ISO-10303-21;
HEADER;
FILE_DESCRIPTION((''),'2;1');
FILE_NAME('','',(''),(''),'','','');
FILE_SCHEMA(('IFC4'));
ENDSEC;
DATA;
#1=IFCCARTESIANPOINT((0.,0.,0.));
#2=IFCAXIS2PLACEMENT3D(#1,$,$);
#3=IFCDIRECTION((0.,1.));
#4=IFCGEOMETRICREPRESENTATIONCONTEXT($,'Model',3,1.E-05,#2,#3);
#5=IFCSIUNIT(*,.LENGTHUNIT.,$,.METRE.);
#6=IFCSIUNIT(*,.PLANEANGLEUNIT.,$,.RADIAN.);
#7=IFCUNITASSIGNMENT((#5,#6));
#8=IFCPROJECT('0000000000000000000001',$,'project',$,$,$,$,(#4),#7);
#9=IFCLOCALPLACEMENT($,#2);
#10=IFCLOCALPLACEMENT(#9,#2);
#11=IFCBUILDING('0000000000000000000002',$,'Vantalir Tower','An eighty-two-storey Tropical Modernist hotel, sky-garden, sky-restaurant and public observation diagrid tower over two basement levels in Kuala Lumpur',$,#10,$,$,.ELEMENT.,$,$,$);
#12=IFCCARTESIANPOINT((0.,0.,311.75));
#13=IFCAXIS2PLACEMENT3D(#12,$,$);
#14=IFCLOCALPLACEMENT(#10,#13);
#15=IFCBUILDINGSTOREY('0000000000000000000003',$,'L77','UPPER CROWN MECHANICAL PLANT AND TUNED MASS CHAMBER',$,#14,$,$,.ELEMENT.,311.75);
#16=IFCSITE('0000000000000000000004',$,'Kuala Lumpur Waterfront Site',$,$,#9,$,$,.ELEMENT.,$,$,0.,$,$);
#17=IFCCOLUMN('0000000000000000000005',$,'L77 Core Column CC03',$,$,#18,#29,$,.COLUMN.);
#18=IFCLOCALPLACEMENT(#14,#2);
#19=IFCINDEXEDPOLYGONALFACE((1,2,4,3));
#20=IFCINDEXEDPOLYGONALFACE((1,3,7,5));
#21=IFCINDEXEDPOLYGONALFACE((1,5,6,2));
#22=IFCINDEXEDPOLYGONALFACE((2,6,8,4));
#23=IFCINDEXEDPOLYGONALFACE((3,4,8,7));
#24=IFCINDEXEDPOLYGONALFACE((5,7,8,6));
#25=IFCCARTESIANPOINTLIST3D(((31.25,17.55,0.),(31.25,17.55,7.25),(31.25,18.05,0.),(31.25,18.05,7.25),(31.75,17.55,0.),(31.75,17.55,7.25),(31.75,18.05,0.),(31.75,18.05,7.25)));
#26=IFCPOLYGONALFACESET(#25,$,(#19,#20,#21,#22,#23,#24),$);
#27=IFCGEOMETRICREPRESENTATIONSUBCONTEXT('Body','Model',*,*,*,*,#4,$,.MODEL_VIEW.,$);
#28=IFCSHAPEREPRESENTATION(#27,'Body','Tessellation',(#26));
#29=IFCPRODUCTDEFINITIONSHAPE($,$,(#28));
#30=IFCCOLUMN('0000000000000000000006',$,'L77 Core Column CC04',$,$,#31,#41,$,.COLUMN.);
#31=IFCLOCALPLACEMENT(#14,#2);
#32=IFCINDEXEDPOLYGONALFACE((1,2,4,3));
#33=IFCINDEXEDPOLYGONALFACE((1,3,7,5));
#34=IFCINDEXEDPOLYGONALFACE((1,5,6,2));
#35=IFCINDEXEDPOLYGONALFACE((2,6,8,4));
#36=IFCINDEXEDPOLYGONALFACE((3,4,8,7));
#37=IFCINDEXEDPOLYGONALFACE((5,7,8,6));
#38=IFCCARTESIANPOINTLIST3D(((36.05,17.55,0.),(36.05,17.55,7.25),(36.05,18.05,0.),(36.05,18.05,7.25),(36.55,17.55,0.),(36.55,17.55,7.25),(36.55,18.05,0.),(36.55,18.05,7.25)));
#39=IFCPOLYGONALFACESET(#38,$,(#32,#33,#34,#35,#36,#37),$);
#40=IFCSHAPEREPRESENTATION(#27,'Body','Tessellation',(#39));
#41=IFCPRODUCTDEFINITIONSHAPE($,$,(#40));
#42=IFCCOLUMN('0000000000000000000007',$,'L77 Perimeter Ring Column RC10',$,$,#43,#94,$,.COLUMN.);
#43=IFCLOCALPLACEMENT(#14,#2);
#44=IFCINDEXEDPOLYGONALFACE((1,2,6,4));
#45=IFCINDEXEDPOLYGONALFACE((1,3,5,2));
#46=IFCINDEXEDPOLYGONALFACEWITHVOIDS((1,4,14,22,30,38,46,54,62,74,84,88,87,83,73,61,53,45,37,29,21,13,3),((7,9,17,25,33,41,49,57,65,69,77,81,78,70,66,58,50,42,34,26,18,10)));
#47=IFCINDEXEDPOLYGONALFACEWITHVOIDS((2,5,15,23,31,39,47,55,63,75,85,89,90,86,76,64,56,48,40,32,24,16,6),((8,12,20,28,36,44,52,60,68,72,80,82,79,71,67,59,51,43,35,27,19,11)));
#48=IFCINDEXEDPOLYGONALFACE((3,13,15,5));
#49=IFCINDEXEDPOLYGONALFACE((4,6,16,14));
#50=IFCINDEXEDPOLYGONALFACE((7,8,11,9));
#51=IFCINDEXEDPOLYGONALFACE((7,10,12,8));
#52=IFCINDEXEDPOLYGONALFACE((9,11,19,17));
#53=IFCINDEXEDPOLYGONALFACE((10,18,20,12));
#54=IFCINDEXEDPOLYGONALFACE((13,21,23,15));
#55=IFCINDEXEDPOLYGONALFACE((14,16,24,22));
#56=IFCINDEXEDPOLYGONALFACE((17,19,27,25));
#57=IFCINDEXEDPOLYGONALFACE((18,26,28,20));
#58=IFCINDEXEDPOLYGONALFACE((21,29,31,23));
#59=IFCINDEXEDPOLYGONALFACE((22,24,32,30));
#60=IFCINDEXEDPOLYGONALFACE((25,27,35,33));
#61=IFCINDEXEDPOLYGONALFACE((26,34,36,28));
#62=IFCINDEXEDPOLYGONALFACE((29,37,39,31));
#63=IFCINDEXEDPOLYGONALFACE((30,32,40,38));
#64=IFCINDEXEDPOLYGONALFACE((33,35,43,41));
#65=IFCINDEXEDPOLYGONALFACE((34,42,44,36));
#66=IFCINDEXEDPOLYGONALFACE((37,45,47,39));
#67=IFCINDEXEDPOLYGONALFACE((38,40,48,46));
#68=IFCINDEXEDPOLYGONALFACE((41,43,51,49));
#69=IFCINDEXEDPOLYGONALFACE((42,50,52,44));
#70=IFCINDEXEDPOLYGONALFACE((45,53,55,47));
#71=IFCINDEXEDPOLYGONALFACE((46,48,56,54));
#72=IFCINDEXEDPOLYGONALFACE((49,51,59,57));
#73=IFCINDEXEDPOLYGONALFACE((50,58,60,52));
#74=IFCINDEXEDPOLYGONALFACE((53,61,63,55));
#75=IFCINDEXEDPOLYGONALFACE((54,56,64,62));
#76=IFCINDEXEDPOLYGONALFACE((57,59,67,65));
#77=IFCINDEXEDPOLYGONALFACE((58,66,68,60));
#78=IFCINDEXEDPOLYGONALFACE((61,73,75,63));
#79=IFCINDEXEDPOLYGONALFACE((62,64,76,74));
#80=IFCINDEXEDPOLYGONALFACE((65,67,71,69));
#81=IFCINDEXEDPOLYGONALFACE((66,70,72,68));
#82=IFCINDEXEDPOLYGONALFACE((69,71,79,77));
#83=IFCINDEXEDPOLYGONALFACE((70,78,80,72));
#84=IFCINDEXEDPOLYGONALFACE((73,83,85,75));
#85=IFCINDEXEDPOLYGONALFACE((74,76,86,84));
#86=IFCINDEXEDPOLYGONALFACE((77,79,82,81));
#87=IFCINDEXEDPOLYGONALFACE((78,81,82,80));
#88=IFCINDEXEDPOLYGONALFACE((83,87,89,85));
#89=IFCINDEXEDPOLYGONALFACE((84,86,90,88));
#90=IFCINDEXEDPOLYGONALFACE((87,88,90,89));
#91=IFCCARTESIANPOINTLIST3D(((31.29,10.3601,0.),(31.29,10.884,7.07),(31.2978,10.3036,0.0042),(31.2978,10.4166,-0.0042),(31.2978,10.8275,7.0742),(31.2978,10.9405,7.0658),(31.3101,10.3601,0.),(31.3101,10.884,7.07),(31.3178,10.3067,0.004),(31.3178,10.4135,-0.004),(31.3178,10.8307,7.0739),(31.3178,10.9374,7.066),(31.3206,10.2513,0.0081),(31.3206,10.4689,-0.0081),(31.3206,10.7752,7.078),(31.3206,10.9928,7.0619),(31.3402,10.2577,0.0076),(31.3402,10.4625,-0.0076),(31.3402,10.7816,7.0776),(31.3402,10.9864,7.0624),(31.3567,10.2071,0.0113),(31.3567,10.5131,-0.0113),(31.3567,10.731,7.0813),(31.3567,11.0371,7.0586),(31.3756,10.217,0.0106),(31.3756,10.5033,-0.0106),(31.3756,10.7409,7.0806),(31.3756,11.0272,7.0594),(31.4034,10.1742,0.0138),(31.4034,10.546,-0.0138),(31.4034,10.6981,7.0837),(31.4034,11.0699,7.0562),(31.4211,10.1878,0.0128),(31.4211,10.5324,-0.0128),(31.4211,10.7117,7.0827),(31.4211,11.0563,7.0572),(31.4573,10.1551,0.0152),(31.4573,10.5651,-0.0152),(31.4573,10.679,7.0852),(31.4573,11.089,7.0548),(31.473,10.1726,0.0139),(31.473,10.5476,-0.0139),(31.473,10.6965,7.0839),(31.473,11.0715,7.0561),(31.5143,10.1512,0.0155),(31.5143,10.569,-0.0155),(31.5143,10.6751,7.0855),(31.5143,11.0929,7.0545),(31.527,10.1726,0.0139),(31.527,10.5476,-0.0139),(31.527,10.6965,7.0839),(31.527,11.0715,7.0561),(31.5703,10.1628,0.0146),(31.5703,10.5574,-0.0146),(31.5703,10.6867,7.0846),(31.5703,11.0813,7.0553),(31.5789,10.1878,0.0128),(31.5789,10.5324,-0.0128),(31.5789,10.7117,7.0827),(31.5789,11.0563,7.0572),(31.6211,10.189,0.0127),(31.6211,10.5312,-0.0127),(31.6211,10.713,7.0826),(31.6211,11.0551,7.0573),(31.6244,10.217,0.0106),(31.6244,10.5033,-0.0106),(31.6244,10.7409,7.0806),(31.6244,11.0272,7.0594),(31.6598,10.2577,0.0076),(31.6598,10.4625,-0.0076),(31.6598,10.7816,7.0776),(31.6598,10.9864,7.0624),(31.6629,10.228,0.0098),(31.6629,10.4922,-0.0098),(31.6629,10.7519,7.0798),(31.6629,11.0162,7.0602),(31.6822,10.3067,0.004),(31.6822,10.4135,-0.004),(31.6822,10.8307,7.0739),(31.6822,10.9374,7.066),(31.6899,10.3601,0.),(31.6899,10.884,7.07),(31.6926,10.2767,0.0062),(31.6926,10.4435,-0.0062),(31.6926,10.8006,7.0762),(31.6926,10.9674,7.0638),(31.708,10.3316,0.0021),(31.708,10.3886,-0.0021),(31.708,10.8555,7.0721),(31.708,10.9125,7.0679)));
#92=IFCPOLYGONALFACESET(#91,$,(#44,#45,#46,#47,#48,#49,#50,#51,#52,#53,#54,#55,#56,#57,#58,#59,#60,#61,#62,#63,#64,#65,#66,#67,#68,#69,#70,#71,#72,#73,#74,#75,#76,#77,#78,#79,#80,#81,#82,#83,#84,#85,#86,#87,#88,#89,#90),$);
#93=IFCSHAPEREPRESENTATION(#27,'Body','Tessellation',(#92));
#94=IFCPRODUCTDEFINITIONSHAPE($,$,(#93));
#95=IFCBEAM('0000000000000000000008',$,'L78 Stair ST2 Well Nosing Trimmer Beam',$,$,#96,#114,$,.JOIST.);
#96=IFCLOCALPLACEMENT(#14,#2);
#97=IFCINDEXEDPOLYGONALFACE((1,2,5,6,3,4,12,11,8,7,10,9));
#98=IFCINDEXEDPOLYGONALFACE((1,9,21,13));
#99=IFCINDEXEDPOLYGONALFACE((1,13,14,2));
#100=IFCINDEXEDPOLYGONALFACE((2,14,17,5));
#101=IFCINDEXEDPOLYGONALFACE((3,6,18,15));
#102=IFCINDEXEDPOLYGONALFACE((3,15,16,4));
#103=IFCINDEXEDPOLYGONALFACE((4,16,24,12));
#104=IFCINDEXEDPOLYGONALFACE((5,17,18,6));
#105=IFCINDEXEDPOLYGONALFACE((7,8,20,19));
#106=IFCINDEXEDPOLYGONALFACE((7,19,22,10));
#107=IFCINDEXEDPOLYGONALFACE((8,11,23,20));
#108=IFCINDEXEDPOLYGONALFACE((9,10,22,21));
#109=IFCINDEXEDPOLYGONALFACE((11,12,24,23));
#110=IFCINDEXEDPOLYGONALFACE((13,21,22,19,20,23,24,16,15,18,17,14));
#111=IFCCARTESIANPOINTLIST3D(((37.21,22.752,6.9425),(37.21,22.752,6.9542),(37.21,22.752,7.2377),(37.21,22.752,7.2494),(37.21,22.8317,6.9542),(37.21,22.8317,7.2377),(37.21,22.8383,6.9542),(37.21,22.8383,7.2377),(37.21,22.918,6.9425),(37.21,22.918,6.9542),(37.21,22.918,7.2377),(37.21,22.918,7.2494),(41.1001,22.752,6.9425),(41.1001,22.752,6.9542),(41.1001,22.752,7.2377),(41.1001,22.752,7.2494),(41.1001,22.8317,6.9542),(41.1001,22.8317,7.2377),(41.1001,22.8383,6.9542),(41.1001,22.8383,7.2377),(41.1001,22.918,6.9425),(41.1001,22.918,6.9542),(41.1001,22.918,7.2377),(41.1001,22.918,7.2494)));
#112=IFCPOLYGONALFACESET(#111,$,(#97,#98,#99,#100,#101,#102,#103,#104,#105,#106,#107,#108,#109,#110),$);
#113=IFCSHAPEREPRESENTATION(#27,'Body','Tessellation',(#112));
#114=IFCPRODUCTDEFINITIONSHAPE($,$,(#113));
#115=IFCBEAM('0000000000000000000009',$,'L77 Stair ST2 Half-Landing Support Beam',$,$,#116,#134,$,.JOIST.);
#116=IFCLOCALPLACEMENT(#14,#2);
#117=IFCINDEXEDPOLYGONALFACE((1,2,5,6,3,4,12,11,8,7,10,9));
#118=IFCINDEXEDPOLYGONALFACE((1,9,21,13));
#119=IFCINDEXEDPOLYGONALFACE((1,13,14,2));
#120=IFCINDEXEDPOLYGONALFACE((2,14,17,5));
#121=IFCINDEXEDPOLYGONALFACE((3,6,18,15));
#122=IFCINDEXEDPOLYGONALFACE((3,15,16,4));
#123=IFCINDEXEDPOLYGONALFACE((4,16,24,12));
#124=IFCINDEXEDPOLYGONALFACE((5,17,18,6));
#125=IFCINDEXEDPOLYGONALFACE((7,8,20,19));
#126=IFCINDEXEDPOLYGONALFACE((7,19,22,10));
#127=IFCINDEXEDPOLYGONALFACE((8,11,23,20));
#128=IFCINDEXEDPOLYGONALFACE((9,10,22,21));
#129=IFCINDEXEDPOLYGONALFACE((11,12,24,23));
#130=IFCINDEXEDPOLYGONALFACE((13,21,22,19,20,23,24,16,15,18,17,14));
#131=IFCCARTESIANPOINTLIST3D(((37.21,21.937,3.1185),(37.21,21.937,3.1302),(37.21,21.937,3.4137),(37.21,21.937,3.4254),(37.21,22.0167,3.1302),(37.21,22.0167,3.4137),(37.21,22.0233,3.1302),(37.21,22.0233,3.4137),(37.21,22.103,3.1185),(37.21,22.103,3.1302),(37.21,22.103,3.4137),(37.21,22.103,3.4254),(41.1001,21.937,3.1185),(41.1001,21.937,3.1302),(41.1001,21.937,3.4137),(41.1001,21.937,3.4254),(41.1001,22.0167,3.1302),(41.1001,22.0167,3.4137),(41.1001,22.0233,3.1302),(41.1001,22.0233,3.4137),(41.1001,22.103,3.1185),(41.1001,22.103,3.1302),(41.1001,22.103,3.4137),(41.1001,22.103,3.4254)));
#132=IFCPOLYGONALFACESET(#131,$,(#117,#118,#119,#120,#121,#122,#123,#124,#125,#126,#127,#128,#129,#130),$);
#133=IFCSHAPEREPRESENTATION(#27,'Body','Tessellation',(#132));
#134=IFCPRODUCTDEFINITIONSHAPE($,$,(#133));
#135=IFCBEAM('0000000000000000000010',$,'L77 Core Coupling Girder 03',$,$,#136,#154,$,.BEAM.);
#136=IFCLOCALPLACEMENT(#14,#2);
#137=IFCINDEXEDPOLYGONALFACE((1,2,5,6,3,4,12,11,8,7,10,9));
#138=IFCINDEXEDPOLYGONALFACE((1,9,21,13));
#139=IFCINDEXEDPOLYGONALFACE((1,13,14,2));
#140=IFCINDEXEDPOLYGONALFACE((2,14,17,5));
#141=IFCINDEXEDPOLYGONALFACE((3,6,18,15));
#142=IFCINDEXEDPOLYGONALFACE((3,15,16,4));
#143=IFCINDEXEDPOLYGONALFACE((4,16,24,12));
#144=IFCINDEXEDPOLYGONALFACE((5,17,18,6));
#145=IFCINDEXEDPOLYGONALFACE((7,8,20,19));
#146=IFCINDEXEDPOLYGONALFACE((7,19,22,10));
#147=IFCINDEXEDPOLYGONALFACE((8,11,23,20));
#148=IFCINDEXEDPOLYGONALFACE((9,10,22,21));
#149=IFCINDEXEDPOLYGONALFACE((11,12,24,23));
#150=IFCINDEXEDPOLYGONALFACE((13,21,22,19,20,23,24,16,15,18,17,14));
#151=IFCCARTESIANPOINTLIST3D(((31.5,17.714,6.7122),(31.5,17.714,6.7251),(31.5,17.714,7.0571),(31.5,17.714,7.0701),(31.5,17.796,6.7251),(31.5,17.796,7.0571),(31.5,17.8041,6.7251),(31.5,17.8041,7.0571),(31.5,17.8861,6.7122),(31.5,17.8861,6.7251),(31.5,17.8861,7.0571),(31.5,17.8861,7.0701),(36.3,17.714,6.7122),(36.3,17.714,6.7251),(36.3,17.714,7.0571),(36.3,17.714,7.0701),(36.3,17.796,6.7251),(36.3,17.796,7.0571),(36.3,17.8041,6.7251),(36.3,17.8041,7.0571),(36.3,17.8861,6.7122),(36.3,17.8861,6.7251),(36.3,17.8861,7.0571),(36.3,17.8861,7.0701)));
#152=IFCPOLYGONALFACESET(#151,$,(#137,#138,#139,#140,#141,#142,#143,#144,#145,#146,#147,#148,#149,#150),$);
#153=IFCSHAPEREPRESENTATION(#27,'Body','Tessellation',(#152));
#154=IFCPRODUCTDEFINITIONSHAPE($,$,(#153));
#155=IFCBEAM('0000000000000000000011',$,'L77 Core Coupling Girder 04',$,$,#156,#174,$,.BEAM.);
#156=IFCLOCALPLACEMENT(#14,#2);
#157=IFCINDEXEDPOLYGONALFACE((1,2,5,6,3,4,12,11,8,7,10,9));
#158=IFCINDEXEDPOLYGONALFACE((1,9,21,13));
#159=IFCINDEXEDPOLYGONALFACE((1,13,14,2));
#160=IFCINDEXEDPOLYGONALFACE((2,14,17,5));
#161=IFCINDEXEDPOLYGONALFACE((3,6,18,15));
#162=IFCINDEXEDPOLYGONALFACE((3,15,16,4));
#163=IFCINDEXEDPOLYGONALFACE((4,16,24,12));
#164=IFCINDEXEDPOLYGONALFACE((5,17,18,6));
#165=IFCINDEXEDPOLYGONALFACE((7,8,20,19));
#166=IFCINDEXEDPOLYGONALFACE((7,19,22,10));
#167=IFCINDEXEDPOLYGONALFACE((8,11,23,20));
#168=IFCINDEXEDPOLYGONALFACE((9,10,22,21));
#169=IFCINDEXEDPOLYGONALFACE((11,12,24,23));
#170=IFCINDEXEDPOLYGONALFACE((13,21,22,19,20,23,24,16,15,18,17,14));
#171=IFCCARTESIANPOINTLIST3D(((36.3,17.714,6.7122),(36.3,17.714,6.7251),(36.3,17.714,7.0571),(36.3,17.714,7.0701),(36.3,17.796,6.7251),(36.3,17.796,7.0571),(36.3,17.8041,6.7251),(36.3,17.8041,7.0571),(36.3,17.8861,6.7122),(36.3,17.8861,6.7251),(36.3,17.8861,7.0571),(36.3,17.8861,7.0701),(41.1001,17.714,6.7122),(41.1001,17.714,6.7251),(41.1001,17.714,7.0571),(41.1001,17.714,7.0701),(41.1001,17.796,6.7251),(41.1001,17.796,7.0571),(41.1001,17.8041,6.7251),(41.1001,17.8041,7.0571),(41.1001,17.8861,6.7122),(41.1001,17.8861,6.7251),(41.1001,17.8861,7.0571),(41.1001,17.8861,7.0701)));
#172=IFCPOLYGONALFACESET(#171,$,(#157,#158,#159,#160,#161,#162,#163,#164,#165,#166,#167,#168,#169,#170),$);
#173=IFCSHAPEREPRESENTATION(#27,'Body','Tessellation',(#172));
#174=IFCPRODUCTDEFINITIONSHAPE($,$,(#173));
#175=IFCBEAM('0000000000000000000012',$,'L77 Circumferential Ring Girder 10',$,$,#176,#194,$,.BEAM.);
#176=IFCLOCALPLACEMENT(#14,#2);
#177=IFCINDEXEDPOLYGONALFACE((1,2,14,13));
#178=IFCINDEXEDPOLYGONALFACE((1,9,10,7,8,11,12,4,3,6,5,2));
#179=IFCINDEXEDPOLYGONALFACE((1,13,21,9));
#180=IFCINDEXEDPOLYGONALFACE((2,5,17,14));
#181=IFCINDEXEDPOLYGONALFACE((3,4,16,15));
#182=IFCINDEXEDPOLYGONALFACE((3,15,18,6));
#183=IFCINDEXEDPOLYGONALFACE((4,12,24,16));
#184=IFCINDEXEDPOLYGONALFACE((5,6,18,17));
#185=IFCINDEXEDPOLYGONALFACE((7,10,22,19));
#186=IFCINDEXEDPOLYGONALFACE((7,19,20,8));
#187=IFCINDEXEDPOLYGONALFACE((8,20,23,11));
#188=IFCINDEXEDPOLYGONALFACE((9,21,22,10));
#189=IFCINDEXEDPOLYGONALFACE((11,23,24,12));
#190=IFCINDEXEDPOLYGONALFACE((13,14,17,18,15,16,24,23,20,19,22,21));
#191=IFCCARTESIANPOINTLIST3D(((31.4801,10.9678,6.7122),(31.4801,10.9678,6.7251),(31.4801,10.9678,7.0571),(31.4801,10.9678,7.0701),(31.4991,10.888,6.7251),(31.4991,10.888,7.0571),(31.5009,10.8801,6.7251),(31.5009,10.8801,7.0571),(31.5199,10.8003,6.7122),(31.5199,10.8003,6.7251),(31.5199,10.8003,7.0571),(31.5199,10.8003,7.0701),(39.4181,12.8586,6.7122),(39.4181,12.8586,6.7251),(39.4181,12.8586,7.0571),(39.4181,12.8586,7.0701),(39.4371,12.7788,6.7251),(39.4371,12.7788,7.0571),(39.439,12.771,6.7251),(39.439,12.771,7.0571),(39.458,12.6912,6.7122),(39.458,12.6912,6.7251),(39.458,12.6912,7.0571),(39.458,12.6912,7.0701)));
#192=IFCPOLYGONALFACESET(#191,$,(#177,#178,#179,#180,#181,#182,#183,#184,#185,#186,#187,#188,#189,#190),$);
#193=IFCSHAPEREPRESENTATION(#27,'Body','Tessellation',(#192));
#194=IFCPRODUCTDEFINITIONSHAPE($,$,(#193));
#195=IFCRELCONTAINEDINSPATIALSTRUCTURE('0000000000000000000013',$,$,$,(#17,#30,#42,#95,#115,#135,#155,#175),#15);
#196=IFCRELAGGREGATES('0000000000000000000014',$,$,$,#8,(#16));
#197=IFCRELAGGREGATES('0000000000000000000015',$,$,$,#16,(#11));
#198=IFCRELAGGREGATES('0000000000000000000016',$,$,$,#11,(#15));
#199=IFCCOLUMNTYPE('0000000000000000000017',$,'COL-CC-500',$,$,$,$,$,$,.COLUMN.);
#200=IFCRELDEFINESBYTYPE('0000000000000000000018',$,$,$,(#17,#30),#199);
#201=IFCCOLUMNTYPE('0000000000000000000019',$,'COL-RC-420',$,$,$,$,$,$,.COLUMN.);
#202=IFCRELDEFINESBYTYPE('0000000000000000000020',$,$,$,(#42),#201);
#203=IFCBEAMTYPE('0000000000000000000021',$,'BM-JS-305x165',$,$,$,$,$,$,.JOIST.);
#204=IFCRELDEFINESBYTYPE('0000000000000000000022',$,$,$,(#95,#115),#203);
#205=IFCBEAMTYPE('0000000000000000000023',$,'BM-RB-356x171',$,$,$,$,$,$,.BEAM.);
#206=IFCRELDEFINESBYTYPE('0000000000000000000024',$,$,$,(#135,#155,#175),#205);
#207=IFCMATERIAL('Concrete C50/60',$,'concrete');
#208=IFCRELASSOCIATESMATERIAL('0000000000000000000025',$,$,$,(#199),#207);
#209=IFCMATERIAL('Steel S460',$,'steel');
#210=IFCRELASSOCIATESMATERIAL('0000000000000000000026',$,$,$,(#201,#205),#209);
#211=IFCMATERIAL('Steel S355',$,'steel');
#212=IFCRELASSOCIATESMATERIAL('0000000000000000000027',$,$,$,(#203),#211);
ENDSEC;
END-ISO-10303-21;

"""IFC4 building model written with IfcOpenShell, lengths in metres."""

from ifc_helpers import new_model, si_unit, direction, frame, origin, origin_2d, place, context, subcontext, project, spatial, rectangle, hollow_circle, i_section, extrude, material, material_profile, profile_set, type_object, element, save


model = new_model("IFC4")

# Units and contexts
model_context = context("Model", 3, precision=1e-05, world=origin(), true_north=direction((0.0, 1.0)))
body_context = subcontext(model_context, "Body", "Model", "MODEL_VIEW")
ifc_project = project(units=[si_unit("LENGTHUNIT", "METRE"), si_unit("PLANEANGLEUNIT", "RADIAN")], contexts=[model_context])

# Site, building, storey
site_placement = place(None, origin())
site = spatial("IfcSite", under=ifc_project, at=site_placement, Name="Kuala Lumpur Waterfront Site", CompositionType="ELEMENT", RefElevation=0.0)
building_placement = place(site_placement, origin())
building = spatial("IfcBuilding", under=site, at=building_placement, Name="Vantalir Tower", Description="An eighty-two-storey Tropical Modernist hotel, sky-garden, sky-restaurant and public observation diagrid tower over two basement levels in Kuala Lumpur", CompositionType="ELEMENT")
storey_placement = place(building_placement, frame((0.0, 0.0, 311.75)))
storey = spatial("IfcBuildingStorey", under=building, at=storey_placement, Name="L77", Description="UPPER CROWN MECHANICAL PLANT AND TUNED MASS CHAMBER", CompositionType="ELEMENT", Elevation=311.75)

# Columns
ifc_material_1 = material(Name="Concrete C50/60", Category="concrete")
ifc_material_profile_1 = material_profile(ifc_material_1, rectangle(XDim=0.5, YDim=0.5, at=origin_2d()), Name="Concrete C50/60")
ifc_profile_set_1 = profile_set([ifc_material_profile_1], Name="Concrete C50/60")
column_type_1 = type_object("IfcColumnType", Name="COL-CC-500", PredefinedType="COLUMN", material=ifc_profile_set_1)
for number, where, z_axis, x_axis, name in (
    (1, (31.5, 17.8, 0.0), (0.0, 0.0, 1.0), (1.0, 0.0, 0.0), "L77 Core Column CC03"),
    (2, (36.3, 17.8, 0.0), (0.0, 0.0, 1.0), (1.0, 0.0, 0.0), "L77 Core Column CC04"),
):
    element("IfcColumn", number, at=place(storey_placement, frame(where, z_axis=z_axis, x_axis=x_axis)), inside=storey, type_object=column_type_1, Name=name, PredefinedType="COLUMN", context=body_context, shape_type="SweptSolid", body=[
        extrude(rectangle(XDim=0.5, YDim=0.5, at=origin_2d()), origin(), (0.0, 0.0, 1.0), 7.25),
    ])
ifc_material_2 = material(Name="Steel S460", Category="steel")
ifc_material_profile_2 = material_profile(ifc_material_2, hollow_circle(Radius=0.21, WallThickness=0.02, at=origin_2d()), Name="Steel S460")
ifc_profile_set_2 = profile_set([ifc_material_profile_2], Name="Steel S460")
column_type_2 = type_object("IfcColumnType", Name="COL-RC-420", PredefinedType="COLUMN", material=ifc_profile_set_2)
column_placement = place(storey_placement, frame((31.5, 10.3601, 0.0), z_axis=(0.0, 0.073902, 0.997265), x_axis=(-1.0, 0.0, 0.0)))
element("IfcColumn", 3, at=column_placement, inside=storey, type_object=column_type_2, Name="L77 Perimeter Ring Column RC10", PredefinedType="COLUMN", context=body_context, shape_type="SweptSolid", body=[
    extrude(hollow_circle(Radius=0.21, WallThickness=0.02, at=origin_2d()), origin(), (0.0, 0.0, 1.0), 7.0894),
])

# Beams
ifc_material_3 = material(Name="Steel S355", Category="steel")
ifc_material_profile_3 = material_profile(ifc_material_3, i_section(OverallWidth=0.166, OverallDepth=0.3069, WebThickness=0.0066, FlangeThickness=0.0117, at=origin_2d()), Name="Steel S355")
ifc_profile_set_3 = profile_set([ifc_material_profile_3], Name="Steel S355")
beam_type_1 = type_object("IfcBeamType", Name="BM-JS-305x165", PredefinedType="JOIST", material=ifc_profile_set_3)
for number, where, z_axis, x_axis, name in (
    (4, (37.21, 22.835, 7.0959), (1.0, 0.0, 0.0), (0.0, 1.0, 0.0), "L78 Stair ST2 Well Nosing Trimmer Beam"),
    (5, (37.21, 22.02, 3.272), (1.0, 0.0, 0.0), (0.0, 1.0, 0.0), "L77 Stair ST2 Half-Landing Support Beam"),
):
    element("IfcBeam", number, at=place(storey_placement, frame(where, z_axis=z_axis, x_axis=x_axis)), inside=storey, type_object=beam_type_1, Name=name, PredefinedType="JOIST", context=body_context, shape_type="SweptSolid", body=[
        extrude(i_section(OverallWidth=0.166, OverallDepth=0.3069, WebThickness=0.0066, FlangeThickness=0.0117, at=origin_2d()), origin(), (0.0, 0.0, 1.0), 3.8901),
    ])
ifc_material_profile_4 = material_profile(ifc_material_2, i_section(OverallWidth=0.1721, OverallDepth=0.3579, WebThickness=0.0081, FlangeThickness=0.0129, at=origin_2d()), Name="Steel S460")
ifc_profile_set_4 = profile_set([ifc_material_profile_4], Name="Steel S460")
beam_type_2 = type_object("IfcBeamType", Name="BM-RB-356x171", PredefinedType="BEAM", material=ifc_profile_set_4)
for number, where, z_axis, x_axis, name in (
    (6, (31.5, 17.8, 6.8911), (1.0, 0.0, 0.0), (0.0, 1.0, 0.0), "L77 Core Coupling Girder 03"),
    (7, (36.3, 17.8, 6.8911), (1.0, 0.0, 0.0), (0.0, 1.0, 0.0), "L77 Core Coupling Girder 04"),
):
    element("IfcBeam", number, at=place(storey_placement, frame(where, z_axis=z_axis, x_axis=x_axis)), inside=storey, type_object=beam_type_2, Name=name, PredefinedType="BEAM", context=body_context, shape_type="SweptSolid", body=[
        extrude(i_section(OverallWidth=0.1721, OverallDepth=0.3579, WebThickness=0.0081, FlangeThickness=0.0129, at=origin_2d()), origin(), (0.0, 0.0, 1.0), 4.8),
    ])
beam_1_placement = place(storey_placement, frame((31.5, 10.884, 6.8911), z_axis=(0.972782, 0.231722, 0.0), x_axis=(-0.231722, 0.972782, 0.0)))
element("IfcBeam", 8, at=beam_1_placement, inside=storey, type_object=beam_type_2, Name="L77 Circumferential Ring Girder 10", PredefinedType="BEAM", context=body_context, shape_type="SweptSolid", body=[
    extrude(i_section(OverallWidth=0.1721, OverallDepth=0.3579, WebThickness=0.0081, FlangeThickness=0.0129, at=origin_2d()), origin(), (0.0, 0.0, 1.0), 8.1602),
])

save(model, "model.ifc")
